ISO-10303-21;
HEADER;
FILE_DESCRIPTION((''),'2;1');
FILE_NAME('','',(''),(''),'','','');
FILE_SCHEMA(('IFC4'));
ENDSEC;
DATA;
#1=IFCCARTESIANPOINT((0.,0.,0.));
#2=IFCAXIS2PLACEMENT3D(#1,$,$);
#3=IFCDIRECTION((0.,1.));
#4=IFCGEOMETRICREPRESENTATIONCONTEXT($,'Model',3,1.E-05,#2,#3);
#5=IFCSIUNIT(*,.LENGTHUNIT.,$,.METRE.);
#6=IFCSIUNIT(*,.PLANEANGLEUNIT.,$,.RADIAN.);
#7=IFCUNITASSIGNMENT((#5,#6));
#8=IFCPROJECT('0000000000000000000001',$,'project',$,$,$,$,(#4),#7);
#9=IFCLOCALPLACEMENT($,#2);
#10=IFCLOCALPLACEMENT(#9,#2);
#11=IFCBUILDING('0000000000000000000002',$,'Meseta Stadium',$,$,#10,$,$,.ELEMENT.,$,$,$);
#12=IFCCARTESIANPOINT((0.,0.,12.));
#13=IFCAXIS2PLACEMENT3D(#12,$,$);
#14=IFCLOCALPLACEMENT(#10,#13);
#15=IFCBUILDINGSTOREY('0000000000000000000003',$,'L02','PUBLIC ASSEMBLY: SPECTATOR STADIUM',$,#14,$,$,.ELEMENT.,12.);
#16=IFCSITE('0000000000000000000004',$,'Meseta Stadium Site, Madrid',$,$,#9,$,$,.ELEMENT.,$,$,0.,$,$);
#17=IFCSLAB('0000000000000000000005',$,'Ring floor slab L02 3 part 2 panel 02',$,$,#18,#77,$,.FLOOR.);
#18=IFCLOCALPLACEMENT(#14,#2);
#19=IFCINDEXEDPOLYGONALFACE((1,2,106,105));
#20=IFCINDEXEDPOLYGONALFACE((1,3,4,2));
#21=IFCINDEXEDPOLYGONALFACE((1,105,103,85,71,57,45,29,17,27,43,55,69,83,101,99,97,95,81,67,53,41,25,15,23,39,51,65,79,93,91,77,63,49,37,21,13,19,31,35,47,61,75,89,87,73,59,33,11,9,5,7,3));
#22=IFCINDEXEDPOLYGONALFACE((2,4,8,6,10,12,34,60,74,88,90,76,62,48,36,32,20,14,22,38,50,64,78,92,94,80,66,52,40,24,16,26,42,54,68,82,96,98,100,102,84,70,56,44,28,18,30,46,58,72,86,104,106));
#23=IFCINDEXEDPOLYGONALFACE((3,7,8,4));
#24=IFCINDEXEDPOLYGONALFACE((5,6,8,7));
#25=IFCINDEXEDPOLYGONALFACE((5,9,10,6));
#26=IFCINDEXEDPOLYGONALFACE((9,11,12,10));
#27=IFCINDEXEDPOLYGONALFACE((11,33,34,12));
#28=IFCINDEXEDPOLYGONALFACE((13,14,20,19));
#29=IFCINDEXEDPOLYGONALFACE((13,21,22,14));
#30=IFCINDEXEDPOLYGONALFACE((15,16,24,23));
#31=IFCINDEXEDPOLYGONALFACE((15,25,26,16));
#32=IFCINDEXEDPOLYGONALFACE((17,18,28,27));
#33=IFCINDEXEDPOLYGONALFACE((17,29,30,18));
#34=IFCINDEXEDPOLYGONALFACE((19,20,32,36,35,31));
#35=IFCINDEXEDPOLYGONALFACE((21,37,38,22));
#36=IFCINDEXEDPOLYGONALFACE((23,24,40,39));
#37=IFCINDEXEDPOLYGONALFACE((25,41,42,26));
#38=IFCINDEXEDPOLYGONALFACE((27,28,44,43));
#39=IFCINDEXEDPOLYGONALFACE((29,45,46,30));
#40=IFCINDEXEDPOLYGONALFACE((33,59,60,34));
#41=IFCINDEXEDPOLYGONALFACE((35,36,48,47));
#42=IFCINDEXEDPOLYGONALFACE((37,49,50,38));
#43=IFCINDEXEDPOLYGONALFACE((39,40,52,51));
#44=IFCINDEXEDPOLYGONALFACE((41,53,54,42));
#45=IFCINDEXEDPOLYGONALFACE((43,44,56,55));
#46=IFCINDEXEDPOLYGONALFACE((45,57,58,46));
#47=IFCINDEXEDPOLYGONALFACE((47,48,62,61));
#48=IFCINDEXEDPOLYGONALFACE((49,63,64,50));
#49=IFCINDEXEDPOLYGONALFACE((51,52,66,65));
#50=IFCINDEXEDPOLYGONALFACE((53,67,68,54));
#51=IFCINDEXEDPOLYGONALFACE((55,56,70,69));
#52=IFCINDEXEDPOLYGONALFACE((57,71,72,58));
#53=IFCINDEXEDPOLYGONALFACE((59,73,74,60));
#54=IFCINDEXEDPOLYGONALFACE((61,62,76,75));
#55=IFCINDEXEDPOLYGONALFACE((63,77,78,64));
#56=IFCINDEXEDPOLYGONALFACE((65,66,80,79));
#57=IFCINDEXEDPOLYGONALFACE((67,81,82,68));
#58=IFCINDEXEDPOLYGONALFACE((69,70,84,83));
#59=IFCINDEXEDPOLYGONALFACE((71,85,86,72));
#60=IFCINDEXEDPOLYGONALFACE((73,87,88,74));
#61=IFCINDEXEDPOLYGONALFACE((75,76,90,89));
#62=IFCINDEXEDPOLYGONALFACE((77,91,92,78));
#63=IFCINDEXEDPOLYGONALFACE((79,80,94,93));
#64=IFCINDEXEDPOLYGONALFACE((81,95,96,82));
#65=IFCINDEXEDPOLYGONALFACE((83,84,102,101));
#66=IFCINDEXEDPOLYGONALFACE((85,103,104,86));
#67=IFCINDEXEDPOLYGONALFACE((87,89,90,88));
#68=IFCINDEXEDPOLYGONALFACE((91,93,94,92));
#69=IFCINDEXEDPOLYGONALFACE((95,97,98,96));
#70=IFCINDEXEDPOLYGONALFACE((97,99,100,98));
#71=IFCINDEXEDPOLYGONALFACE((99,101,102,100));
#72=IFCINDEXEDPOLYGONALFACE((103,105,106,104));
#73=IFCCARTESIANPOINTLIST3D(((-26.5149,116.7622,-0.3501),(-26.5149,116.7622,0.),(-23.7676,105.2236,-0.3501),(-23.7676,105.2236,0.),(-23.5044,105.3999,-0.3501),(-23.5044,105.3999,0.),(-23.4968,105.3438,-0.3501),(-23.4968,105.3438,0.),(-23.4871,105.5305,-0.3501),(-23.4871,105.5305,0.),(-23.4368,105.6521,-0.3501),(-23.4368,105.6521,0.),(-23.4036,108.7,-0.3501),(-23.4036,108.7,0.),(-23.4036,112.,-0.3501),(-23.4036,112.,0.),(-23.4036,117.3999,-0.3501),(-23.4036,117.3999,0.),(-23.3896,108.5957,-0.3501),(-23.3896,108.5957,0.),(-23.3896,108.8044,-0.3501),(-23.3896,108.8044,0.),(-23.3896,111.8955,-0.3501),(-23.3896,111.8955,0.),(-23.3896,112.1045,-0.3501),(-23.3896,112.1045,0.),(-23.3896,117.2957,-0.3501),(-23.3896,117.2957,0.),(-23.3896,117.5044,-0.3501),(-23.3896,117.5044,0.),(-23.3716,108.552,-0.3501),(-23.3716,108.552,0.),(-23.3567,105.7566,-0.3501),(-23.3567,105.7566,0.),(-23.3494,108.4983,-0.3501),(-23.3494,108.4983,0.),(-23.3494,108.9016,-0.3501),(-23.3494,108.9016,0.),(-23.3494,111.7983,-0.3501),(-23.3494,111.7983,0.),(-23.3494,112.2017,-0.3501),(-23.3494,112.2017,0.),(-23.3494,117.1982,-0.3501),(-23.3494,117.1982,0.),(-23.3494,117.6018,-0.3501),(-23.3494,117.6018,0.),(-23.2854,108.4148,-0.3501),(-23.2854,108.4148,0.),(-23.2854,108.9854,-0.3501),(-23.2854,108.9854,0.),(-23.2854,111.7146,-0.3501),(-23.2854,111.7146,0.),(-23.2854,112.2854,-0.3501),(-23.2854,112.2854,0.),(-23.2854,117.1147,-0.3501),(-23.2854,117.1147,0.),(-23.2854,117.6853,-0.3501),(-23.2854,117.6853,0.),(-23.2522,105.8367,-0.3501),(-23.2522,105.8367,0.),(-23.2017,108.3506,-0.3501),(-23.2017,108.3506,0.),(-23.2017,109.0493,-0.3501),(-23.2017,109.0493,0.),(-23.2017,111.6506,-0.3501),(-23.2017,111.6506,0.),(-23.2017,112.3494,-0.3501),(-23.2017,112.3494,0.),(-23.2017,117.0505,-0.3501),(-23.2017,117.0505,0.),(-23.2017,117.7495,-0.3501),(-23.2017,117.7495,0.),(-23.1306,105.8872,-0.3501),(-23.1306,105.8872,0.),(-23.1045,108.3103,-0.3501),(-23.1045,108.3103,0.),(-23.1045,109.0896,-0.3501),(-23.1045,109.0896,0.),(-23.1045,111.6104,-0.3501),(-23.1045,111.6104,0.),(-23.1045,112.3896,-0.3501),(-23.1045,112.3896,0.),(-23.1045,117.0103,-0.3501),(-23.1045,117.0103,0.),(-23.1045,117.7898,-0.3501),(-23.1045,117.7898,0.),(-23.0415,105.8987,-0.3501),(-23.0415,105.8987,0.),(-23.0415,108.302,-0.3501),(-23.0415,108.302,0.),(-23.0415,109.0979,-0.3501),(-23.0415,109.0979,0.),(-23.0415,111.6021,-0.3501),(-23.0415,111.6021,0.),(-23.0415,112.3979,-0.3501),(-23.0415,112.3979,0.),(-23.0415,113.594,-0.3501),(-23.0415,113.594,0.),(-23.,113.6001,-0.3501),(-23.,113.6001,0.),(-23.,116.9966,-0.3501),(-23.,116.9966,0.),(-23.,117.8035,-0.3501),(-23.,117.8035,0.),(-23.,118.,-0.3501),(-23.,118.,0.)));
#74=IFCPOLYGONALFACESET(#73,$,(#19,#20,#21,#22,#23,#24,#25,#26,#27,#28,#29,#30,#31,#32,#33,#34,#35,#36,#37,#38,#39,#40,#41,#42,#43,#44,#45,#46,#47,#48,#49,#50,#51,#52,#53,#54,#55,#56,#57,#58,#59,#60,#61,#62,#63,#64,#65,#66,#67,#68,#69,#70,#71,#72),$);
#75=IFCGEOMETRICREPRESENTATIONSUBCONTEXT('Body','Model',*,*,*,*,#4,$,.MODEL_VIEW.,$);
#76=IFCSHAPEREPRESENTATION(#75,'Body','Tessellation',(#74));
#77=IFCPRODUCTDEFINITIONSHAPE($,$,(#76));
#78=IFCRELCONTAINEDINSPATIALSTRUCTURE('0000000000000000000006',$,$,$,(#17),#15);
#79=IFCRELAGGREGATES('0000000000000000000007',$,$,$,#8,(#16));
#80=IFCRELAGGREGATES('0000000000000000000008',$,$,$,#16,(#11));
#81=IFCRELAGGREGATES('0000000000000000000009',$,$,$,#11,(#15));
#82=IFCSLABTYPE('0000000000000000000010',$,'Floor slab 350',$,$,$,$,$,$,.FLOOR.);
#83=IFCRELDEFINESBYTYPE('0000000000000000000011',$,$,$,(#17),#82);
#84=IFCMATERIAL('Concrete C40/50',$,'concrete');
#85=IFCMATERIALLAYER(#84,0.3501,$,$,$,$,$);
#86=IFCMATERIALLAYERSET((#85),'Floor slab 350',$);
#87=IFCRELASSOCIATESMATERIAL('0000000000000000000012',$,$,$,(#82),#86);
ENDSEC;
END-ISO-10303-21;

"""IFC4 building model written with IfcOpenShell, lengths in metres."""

from ifc_helpers import new_model, si_unit, direction, frame, origin, place, context, subcontext, project, spatial, polyline, outline, extrude, material, layer, layer_set, type_object, element, save


model = new_model("IFC4")

# Units and contexts
model_context = context("Model", 3, precision=1e-05, world=origin(), true_north=direction((0.0, 1.0)))
body_context = subcontext(model_context, "Body", "Model", "MODEL_VIEW")
ifc_project = project(units=[si_unit("LENGTHUNIT", "METRE"), si_unit("PLANEANGLEUNIT", "RADIAN")], contexts=[model_context])

# Site, building, storey
site_placement = place(None, origin())
site = spatial("IfcSite", under=ifc_project, at=site_placement, Name="Meseta Stadium Site, Madrid", CompositionType="ELEMENT", RefElevation=0.0)
building_placement = place(site_placement, origin())
building = spatial("IfcBuilding", under=site, at=building_placement, Name="Meseta Stadium", CompositionType="ELEMENT")
storey_placement = place(building_placement, frame((0.0, 0.0, 12.0)))
storey = spatial("IfcBuildingStorey", under=building, at=storey_placement, Name="L02", Description="PUBLIC ASSEMBLY: SPECTATOR STADIUM", CompositionType="ELEMENT", Elevation=12.0)

# Slab
ifc_material_1 = material(Name="Concrete C40/50", Category="concrete")
ifc_layer_1 = layer(ifc_material_1, 0.3501)
ifc_layer_set_1 = layer_set([ifc_layer_1], Name="Floor slab 350")
slab_type_1 = type_object("IfcSlabType", Name="Floor slab 350", PredefinedType="FLOOR", material=ifc_layer_set_1)
slab_1_placement = place(storey_placement, frame((0.0, 0.0, -0.3501)))
element("IfcSlab", 1, at=slab_1_placement, inside=storey, type_object=slab_type_1, Name="Ring floor slab L02 3 part 2 panel 02", PredefinedType="FLOOR", context=body_context, shape_type="SweptSolid", body=[
    extrude(outline(polyline([(-23.1306, 105.8872), (-23.0415, 105.8987), (-23.0415, 108.302), (-23.1045, 108.3103), (-23.2017, 108.3506), (-23.2854, 108.4148), (-23.3494, 108.4983), (-23.3716, 108.552), (-23.3896, 108.5957), (-23.4036, 108.7), (-23.3896, 108.8044), (-23.3494, 108.9016), (-23.2854, 108.9854), (-23.2017, 109.0493), (-23.1045, 109.0896), (-23.0415, 109.0979), (-23.0415, 111.6021), (-23.1045, 111.6104), (-23.2017, 111.6506), (-23.2854, 111.7146), (-23.3494, 111.7983), (-23.3896, 111.8955), (-23.4036, 112.0), (-23.3896, 112.1045), (-23.3494, 112.2017), (-23.2854, 112.2854), (-23.2017, 112.3494), (-23.1045, 112.3896), (-23.0415, 112.3979), (-23.0415, 113.594), (-23.0, 113.6001), (-23.0, 116.9966), (-23.1045, 117.0103), (-23.2017, 117.0505), (-23.2854, 117.1147), (-23.3494, 117.1982), (-23.3896, 117.2957), (-23.4036, 117.3999), (-23.3896, 117.5044), (-23.3494, 117.6018), (-23.2854, 117.6853), (-23.2017, 117.7495), (-23.1045, 117.7898), (-23.0, 117.8035), (-23.0, 118.0), (-26.5149, 116.7622), (-23.7676, 105.2236), (-23.4968, 105.3438), (-23.5044, 105.3999), (-23.4871, 105.5305), (-23.4368, 105.6521), (-23.3567, 105.7566), (-23.2522, 105.8367), (-23.1306, 105.8872)])), origin(), (0.0, 0.0, 1.0), 0.3501),
])

save(model, "model.ifc")
